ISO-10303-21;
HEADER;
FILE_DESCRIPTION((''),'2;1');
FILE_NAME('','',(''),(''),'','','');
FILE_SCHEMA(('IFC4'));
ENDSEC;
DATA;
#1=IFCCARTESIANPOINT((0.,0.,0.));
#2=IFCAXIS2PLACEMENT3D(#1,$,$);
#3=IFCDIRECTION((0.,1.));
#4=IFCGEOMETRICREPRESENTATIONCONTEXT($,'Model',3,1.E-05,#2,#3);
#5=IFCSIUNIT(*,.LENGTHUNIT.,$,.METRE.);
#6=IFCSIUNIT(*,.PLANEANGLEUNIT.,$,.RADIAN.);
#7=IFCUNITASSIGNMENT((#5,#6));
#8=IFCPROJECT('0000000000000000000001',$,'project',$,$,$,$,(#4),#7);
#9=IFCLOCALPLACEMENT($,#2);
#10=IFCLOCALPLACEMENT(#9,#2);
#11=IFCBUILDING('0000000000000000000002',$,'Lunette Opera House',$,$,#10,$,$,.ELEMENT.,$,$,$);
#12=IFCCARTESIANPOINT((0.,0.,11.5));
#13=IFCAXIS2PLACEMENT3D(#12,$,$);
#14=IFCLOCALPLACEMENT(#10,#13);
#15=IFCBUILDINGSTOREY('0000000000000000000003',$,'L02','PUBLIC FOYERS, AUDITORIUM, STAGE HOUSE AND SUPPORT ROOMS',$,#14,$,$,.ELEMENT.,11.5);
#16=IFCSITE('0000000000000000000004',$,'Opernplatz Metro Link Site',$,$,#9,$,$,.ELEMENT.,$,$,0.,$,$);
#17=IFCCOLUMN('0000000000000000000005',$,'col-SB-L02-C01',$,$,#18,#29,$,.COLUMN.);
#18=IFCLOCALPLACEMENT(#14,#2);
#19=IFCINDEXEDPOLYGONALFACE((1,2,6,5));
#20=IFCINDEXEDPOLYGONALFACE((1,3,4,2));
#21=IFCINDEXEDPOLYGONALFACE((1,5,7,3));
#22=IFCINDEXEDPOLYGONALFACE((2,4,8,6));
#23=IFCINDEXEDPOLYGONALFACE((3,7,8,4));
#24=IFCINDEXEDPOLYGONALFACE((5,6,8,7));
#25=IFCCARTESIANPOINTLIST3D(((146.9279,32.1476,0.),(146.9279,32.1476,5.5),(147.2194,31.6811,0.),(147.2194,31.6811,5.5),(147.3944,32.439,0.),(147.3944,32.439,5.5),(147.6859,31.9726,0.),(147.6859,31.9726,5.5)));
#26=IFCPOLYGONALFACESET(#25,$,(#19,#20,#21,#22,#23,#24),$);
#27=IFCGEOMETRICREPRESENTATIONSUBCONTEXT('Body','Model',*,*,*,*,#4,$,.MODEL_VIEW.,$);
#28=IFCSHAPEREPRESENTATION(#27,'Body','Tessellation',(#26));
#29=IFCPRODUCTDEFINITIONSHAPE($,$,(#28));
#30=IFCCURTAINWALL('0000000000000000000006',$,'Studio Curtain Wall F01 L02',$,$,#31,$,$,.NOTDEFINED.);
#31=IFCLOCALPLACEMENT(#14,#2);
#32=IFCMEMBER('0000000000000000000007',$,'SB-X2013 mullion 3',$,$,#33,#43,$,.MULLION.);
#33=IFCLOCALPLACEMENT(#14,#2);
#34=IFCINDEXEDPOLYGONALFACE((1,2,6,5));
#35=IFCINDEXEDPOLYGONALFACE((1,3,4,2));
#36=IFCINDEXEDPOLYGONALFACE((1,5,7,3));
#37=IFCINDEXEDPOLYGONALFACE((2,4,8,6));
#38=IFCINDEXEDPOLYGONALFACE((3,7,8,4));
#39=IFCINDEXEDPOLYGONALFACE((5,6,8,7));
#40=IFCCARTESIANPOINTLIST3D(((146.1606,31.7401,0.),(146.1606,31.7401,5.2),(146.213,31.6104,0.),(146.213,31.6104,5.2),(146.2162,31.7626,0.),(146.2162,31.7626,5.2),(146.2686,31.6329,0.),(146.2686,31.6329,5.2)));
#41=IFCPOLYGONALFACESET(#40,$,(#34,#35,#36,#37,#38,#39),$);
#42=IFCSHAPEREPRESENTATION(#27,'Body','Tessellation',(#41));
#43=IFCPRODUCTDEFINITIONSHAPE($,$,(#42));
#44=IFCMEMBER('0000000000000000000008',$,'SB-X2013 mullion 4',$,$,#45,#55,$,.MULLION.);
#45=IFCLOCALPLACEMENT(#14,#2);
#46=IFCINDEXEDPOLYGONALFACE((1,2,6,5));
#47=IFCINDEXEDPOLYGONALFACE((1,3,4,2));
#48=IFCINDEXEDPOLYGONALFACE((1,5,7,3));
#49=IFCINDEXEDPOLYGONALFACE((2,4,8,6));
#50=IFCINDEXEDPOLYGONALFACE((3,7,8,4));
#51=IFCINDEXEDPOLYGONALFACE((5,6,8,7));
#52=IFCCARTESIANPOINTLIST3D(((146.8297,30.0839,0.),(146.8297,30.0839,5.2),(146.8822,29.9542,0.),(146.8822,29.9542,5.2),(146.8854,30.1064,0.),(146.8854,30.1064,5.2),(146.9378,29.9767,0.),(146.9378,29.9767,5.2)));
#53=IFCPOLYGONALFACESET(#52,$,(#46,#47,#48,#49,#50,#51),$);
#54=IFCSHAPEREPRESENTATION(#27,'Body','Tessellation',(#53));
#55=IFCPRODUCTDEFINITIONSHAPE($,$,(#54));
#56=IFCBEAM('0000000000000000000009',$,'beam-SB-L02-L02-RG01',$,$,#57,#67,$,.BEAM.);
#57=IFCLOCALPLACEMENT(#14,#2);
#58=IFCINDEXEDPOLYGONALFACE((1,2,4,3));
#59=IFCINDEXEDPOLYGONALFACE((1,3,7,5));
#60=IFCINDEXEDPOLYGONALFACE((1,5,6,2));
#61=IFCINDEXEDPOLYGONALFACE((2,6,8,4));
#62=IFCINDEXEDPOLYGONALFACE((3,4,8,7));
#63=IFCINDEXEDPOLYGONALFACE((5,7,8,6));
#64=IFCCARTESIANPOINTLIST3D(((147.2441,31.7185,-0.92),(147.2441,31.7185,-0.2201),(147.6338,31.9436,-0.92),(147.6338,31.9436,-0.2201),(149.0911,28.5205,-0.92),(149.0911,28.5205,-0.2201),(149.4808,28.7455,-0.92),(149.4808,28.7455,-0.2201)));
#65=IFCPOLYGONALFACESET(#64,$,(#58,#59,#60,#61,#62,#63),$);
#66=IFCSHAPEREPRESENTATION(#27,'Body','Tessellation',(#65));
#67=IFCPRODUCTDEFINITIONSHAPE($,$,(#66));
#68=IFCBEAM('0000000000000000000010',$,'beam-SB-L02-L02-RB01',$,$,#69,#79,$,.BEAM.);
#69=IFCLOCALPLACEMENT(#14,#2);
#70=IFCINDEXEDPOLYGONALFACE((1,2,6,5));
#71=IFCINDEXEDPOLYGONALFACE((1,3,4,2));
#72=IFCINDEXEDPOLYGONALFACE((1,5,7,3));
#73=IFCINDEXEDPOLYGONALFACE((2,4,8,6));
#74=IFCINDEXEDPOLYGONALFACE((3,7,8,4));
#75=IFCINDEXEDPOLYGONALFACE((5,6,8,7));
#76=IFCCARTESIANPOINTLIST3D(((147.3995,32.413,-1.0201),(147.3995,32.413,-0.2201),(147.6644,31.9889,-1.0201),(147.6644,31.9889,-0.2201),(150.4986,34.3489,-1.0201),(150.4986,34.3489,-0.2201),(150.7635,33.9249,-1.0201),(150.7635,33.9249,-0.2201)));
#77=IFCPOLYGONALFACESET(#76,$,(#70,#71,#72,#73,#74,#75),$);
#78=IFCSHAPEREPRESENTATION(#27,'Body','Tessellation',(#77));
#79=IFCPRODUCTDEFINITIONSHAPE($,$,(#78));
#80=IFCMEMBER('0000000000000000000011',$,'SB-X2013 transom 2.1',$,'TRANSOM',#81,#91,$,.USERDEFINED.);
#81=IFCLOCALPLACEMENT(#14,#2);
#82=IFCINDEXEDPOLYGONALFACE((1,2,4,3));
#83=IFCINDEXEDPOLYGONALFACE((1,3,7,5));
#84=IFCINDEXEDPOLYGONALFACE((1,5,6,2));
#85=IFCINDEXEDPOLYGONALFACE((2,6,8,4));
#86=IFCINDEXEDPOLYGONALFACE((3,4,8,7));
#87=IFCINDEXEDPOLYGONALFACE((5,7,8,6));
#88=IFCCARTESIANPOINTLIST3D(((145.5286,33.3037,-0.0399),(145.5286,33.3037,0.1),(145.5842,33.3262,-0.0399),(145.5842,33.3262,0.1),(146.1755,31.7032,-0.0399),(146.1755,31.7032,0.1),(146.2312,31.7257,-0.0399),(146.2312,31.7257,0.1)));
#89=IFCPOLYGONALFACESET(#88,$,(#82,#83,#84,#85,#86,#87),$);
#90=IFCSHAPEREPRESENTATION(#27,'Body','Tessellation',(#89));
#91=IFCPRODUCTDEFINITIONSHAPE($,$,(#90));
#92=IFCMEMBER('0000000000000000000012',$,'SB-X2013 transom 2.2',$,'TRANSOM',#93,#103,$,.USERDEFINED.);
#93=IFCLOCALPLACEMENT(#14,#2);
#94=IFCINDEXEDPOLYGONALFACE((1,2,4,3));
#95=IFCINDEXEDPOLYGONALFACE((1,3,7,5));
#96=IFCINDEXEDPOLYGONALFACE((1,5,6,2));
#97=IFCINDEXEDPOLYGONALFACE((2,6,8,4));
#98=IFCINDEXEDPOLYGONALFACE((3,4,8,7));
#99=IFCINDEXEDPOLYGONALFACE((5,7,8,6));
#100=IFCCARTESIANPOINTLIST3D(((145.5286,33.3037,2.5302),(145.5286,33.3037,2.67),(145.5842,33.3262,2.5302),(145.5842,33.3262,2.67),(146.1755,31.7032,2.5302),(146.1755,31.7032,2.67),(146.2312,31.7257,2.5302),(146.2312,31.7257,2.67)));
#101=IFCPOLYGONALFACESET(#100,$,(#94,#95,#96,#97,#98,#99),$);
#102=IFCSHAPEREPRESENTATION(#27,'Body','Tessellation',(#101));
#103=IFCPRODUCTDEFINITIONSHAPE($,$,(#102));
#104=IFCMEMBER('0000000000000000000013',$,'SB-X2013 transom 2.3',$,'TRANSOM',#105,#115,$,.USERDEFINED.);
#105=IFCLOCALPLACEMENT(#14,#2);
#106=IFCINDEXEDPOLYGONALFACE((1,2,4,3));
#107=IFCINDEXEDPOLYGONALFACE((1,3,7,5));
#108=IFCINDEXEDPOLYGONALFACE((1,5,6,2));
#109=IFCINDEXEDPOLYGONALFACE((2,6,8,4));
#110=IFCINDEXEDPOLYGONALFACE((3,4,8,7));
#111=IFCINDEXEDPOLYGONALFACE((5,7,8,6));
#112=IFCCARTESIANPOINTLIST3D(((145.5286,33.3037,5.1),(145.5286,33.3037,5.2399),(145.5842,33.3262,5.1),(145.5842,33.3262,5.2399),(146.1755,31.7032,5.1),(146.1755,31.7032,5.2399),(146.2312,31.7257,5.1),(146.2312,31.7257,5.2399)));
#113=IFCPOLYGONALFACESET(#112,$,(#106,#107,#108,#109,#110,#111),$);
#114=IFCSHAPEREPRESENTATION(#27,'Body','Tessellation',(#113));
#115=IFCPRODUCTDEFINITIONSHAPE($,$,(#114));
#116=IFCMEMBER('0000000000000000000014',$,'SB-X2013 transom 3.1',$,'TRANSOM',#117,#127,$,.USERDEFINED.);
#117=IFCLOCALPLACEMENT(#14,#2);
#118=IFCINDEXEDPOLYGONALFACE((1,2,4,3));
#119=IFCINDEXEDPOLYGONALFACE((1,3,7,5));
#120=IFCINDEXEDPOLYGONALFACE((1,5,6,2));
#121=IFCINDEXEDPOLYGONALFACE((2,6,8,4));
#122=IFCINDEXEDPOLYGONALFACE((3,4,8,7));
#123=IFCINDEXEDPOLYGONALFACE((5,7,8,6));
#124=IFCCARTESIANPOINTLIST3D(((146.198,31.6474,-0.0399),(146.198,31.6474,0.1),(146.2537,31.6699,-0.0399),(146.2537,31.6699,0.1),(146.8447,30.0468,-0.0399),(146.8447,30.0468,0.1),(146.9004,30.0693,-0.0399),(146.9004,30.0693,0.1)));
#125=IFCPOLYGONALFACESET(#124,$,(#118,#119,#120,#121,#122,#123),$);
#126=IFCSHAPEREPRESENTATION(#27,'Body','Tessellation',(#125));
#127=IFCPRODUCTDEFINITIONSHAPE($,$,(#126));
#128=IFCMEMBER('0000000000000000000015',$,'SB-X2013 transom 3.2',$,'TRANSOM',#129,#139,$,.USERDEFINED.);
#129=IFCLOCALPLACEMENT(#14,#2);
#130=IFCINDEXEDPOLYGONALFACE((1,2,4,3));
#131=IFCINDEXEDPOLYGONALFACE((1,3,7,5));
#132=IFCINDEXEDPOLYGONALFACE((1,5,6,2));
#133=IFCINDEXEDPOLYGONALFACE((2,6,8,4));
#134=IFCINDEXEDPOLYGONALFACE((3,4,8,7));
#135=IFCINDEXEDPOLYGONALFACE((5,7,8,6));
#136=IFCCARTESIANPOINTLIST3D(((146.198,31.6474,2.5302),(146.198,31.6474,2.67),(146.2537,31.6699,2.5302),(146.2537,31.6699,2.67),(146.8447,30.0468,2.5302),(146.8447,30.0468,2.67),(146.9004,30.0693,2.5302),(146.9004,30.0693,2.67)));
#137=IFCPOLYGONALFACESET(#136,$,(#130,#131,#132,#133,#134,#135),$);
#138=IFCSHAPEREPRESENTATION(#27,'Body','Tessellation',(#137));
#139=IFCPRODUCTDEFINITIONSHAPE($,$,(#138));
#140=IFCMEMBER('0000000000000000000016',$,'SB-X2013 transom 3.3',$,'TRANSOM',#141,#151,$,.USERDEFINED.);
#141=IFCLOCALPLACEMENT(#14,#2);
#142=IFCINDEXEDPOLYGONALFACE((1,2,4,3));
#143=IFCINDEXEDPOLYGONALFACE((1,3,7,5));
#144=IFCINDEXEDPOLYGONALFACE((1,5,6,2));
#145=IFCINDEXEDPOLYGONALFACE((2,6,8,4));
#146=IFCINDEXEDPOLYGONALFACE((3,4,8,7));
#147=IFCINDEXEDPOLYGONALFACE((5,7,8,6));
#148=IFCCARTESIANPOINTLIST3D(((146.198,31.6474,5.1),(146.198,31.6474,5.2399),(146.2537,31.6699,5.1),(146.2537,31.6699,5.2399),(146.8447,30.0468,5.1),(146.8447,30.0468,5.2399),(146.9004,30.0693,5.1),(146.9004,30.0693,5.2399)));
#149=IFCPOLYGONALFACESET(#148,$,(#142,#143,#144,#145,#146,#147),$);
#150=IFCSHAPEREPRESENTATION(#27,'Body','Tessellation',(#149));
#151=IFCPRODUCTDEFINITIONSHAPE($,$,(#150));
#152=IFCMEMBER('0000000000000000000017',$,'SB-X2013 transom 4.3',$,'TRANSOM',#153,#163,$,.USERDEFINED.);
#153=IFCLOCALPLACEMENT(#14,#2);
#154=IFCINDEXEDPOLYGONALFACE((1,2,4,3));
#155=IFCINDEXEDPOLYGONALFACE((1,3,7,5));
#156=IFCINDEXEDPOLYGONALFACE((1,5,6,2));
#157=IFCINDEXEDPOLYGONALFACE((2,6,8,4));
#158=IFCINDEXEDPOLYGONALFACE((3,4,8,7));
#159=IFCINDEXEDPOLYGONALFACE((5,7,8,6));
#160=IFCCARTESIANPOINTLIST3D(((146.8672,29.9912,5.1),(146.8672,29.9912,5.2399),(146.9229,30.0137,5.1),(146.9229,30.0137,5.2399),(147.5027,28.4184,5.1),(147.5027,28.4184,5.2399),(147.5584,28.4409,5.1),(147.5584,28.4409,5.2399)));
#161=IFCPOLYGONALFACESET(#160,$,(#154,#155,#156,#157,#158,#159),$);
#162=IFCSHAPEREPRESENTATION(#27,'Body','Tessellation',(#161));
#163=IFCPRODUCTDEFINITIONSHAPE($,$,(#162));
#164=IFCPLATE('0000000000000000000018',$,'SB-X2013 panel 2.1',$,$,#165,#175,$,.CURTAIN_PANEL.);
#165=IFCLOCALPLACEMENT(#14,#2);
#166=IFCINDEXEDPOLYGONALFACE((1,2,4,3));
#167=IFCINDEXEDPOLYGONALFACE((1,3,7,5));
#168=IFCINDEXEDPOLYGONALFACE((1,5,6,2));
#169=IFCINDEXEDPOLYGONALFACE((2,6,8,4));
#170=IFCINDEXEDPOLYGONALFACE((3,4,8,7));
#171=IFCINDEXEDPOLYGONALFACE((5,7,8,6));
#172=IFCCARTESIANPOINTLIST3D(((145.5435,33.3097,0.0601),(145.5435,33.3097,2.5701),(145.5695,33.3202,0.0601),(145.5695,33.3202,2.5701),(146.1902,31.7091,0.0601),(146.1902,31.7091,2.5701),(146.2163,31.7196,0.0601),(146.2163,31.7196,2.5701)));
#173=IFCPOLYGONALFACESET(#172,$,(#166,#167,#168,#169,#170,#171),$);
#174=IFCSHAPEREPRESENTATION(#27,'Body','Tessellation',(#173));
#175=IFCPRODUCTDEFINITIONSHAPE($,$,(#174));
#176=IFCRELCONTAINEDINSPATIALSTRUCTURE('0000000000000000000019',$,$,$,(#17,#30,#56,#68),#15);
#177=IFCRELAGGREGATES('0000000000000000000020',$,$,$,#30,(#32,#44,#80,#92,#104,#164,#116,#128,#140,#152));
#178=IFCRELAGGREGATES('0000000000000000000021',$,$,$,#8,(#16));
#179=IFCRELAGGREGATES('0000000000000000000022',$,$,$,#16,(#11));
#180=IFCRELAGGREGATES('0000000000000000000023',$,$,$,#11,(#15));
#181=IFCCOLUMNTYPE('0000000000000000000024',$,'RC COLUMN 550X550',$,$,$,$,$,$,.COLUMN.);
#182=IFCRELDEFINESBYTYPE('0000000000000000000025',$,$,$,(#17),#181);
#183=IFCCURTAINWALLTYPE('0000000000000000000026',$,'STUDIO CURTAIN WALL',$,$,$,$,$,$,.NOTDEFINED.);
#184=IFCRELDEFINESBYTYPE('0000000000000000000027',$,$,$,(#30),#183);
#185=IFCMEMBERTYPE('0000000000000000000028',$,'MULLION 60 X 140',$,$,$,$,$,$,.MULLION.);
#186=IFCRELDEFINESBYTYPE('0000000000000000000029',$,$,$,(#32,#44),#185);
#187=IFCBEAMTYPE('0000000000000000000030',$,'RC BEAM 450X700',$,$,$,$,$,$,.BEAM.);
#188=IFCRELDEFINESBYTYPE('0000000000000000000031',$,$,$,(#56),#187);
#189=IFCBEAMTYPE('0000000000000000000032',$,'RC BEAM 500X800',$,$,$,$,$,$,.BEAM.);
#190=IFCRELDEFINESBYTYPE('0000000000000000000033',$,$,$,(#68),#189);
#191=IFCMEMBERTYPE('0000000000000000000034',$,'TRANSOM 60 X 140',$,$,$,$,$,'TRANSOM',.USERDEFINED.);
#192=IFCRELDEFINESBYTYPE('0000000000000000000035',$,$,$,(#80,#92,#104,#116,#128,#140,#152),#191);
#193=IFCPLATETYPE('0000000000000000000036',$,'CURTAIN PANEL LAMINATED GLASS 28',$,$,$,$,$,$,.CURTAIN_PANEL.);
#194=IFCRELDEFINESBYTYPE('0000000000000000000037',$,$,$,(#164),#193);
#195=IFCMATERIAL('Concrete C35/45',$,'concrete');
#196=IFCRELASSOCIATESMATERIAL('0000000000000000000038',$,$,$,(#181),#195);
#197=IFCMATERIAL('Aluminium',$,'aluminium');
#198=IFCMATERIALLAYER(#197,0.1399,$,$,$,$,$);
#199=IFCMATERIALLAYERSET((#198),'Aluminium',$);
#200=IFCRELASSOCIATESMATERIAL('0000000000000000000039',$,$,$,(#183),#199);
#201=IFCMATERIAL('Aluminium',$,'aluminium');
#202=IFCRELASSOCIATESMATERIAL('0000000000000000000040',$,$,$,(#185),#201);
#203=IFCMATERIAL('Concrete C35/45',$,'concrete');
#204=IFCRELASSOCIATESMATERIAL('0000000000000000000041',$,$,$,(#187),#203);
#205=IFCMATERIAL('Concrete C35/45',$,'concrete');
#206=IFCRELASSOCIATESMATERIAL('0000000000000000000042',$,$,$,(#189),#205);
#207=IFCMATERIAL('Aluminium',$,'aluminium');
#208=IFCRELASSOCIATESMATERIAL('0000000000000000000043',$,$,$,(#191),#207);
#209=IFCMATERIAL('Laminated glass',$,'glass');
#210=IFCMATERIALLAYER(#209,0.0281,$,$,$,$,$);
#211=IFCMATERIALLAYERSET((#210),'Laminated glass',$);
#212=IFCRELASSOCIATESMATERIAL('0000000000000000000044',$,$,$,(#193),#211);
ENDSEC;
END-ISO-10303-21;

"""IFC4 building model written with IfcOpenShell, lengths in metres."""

from ifc_helpers import new_model, si_unit, direction, frame, origin, origin_2d, place, context, subcontext, project, spatial, rectangle, extrude, material, layer, layer_set, material_profile, profile_set, type_object, element, aggregate, save


model = new_model("IFC4")

# Units and contexts
model_context = context("Model", 3, precision=1e-05, world=origin(), true_north=direction((0.0, 1.0)))
body_context = subcontext(model_context, "Body", "Model", "MODEL_VIEW")
ifc_project = project(units=[si_unit("LENGTHUNIT", "METRE"), si_unit("PLANEANGLEUNIT", "RADIAN")], contexts=[model_context])

# Site, building, storey
site_placement = place(None, origin())
site = spatial("IfcSite", under=ifc_project, at=site_placement, Name="Opernplatz Metro Link Site", CompositionType="ELEMENT", RefElevation=0.0)
building_placement = place(site_placement, origin())
building = spatial("IfcBuilding", under=site, at=building_placement, Name="Lunette Opera House", CompositionType="ELEMENT")
storey_placement = place(building_placement, frame((0.0, 0.0, 11.5)))
storey = spatial("IfcBuildingStorey", under=building, at=storey_placement, Name="L02", Description="PUBLIC FOYERS, AUDITORIUM, STAGE HOUSE AND SUPPORT ROOMS", CompositionType="ELEMENT", Elevation=11.5)

# Column
ifc_material_1 = material(Name="Concrete C35/45", Category="concrete")
ifc_material_profile_1 = material_profile(ifc_material_1, rectangle(XDim=0.55, YDim=0.55, at=origin_2d()), Name="RC COLUMN 550X550")
ifc_profile_set_1 = profile_set([ifc_material_profile_1], Name="Concrete C35/45")
column_type = type_object("IfcColumnType", Name="RC COLUMN 550X550", PredefinedType="COLUMN", material=ifc_profile_set_1)
column_placement = place(storey_placement, frame((147.3069, 32.0601, 0.0), z_axis=(0.0, 0.0, 1.0), x_axis=(0.529919, -0.848048, 0.0)))
element("IfcColumn", 1, at=column_placement, inside=storey, type_object=column_type, Name="col-SB-L02-C01", PredefinedType="COLUMN", context=body_context, shape_type="SweptSolid", body=[
    extrude(rectangle(XDim=0.55, YDim=0.55, at=origin_2d()), origin(), (0.0, 0.0, 1.0), 5.5),
])

# Curtain wall, members
ifc_material_2 = material(Name="Aluminium", Category="aluminium")
ifc_layer_1 = layer(ifc_material_2, 0.1399)
ifc_layer_set_1 = layer_set([ifc_layer_1], Name="Aluminium")
curtain_wall_type = type_object("IfcCurtainWallType", Name="STUDIO CURTAIN WALL", PredefinedType="NOTDEFINED", material=ifc_layer_set_1)
curtain_wall_placement = place(storey_placement, origin())
curtain_wall = element("IfcCurtainWall", 2, at=curtain_wall_placement, inside=storey, type_object=curtain_wall_type, Name="Studio Curtain Wall F01 L02", PredefinedType="NOTDEFINED")
ifc_material_3 = material(Name="Aluminium", Category="aluminium")
ifc_material_profile_2 = material_profile(ifc_material_3, rectangle(XDim=0.0601, YDim=0.1399, at=origin_2d()), Name="MULLION 60 X 140")
ifc_profile_set_2 = profile_set([ifc_material_profile_2], Name="Aluminium")
member_type_1 = type_object("IfcMemberType", Name="MULLION 60 X 140", PredefinedType="MULLION", material=ifc_profile_set_2)
member_1_placement = place(storey_placement, frame((146.2146, 31.6865, 0.0), z_axis=(0.0, 0.0, 1.0), x_axis=(0.927168, 0.374646, 0.0)))
member_1 = element("IfcMember", 3, at=member_1_placement, type_object=member_type_1, Name="SB-X2013 mullion 3", PredefinedType="MULLION", context=body_context, shape_type="SweptSolid", body=[
    extrude(rectangle(XDim=0.0601, YDim=0.1399, at=origin_2d()), origin(), (0.0, 0.0, 1.0), 5.2),
])
member_2_placement = place(storey_placement, frame((146.8838, 30.0303, 0.0), z_axis=(0.0, 0.0, 1.0), x_axis=(0.927168, 0.374646, 0.0)))
member_2 = element("IfcMember", 4, at=member_2_placement, type_object=member_type_1, Name="SB-X2013 mullion 4", PredefinedType="MULLION", context=body_context, shape_type="SweptSolid", body=[
    extrude(rectangle(XDim=0.0601, YDim=0.1399, at=origin_2d()), origin(), (0.0, 0.0, 1.0), 5.2),
])

# Beams
ifc_material_4 = material(Name="Concrete C35/45", Category="concrete")
ifc_material_profile_3 = material_profile(ifc_material_4, rectangle(XDim=0.45, YDim=0.7, at=origin_2d()), Name="RC BEAM 450X700")
ifc_profile_set_3 = profile_set([ifc_material_profile_3], Name="Concrete C35/45")
beam_type_1 = type_object("IfcBeamType", Name="RC BEAM 450X700", PredefinedType="BEAM", material=ifc_profile_set_3)
beam_1_placement = place(storey_placement, frame((147.439, 31.8311, -0.5701), z_axis=(0.500113, -0.86596, 0.0), x_axis=(0.86596, 0.500113, 0.0)))
element("IfcBeam", 5, at=beam_1_placement, inside=storey, type_object=beam_type_1, Name="beam-SB-L02-L02-RG01", PredefinedType="BEAM", context=body_context, shape_type="SweptSolid", body=[
    extrude(rectangle(XDim=0.45, YDim=0.7, at=origin_2d()), origin(), (0.0, 0.0, 1.0), 3.6931),
])
ifc_material_5 = material(Name="Concrete C35/45", Category="concrete")
ifc_material_profile_4 = material_profile(ifc_material_5, rectangle(XDim=0.5, YDim=0.8, at=origin_2d()), Name="RC BEAM 500X800")
ifc_profile_set_4 = profile_set([ifc_material_profile_4], Name="Concrete C35/45")
beam_type_2 = type_object("IfcBeamType", Name="RC BEAM 500X800", PredefinedType="BEAM", material=ifc_profile_set_4)
beam_2_placement = place(storey_placement, frame((147.532, 32.2009, -0.6201), z_axis=(0.848111, 0.529819, 0.0), x_axis=(-0.529819, 0.848111, 0.0)))
element("IfcBeam", 6, at=beam_2_placement, inside=storey, type_object=beam_type_2, Name="beam-SB-L02-L02-RB01", PredefinedType="BEAM", context=body_context, shape_type="SweptSolid", body=[
    extrude(rectangle(XDim=0.5, YDim=0.8, at=origin_2d()), origin(), (0.0, 0.0, 1.0), 3.6541),
])

# Members
ifc_material_6 = material(Name="Aluminium", Category="aluminium")
ifc_material_profile_5 = material_profile(ifc_material_6, rectangle(XDim=0.0601, YDim=0.1399, at=origin_2d()), Name="TRANSOM 60 X 140")
ifc_profile_set_5 = profile_set([ifc_material_profile_5], Name="Aluminium")
member_type_2 = type_object("IfcMemberType", Name="TRANSOM 60 X 140", ElementType="TRANSOM", PredefinedType="USERDEFINED", material=ifc_profile_set_5)
member_3_placement = place(storey_placement, frame((145.5564, 33.3149, 0.03), z_axis=(0.374753, -0.927125, 0.0), x_axis=(0.927125, 0.374753, 0.0)))
member_3 = element("IfcMember", 7, at=member_3_placement, type_object=member_type_2, Name="SB-X2013 transom 2.1", ObjectType="TRANSOM", PredefinedType="USERDEFINED", context=body_context, shape_type="SweptSolid", body=[
    extrude(rectangle(XDim=0.0601, YDim=0.1399, at=origin_2d()), origin(), (0.0, 0.0, 1.0), 1.7263),
])
member_4_placement = place(storey_placement, frame((145.5564, 33.3149, 2.6001), z_axis=(0.374753, -0.927125, 0.0), x_axis=(0.927125, 0.374753, 0.0)))
member_4 = element("IfcMember", 8, at=member_4_placement, type_object=member_type_2, Name="SB-X2013 transom 2.2", ObjectType="TRANSOM", PredefinedType="USERDEFINED", context=body_context, shape_type="SweptSolid", body=[
    extrude(rectangle(XDim=0.0601, YDim=0.1399, at=origin_2d()), origin(), (0.0, 0.0, 1.0), 1.7263),
])
member_5_placement = place(storey_placement, frame((145.5564, 33.3149, 5.1699), z_axis=(0.374753, -0.927125, 0.0), x_axis=(0.927125, 0.374753, 0.0)))
member_5 = element("IfcMember", 9, at=member_5_placement, type_object=member_type_2, Name="SB-X2013 transom 2.3", ObjectType="TRANSOM", PredefinedType="USERDEFINED", context=body_context, shape_type="SweptSolid", body=[
    extrude(rectangle(XDim=0.0601, YDim=0.1399, at=origin_2d()), origin(), (0.0, 0.0, 1.0), 1.7263),
])
member_6_placement = place(storey_placement, frame((146.2258, 31.6587, 0.03), z_axis=(0.374631, -0.927174, 0.0), x_axis=(0.927174, 0.374631, 0.0)))
member_6 = element("IfcMember", 10, at=member_6_placement, type_object=member_type_2, Name="SB-X2013 transom 3.1", ObjectType="TRANSOM", PredefinedType="USERDEFINED", context=body_context, shape_type="SweptSolid", body=[
    extrude(rectangle(XDim=0.0601, YDim=0.1399, at=origin_2d()), origin(), (0.0, 0.0, 1.0), 1.7263),
])
member_7_placement = place(storey_placement, frame((146.2258, 31.6587, 2.6001), z_axis=(0.374631, -0.927174, 0.0), x_axis=(0.927174, 0.374631, 0.0)))
member_7 = element("IfcMember", 11, at=member_7_placement, type_object=member_type_2, Name="SB-X2013 transom 3.2", ObjectType="TRANSOM", PredefinedType="USERDEFINED", context=body_context, shape_type="SweptSolid", body=[
    extrude(rectangle(XDim=0.0601, YDim=0.1399, at=origin_2d()), origin(), (0.0, 0.0, 1.0), 1.7263),
])
member_8_placement = place(storey_placement, frame((146.2258, 31.6587, 5.1699), z_axis=(0.374631, -0.927174, 0.0), x_axis=(0.927174, 0.374631, 0.0)))
member_8 = element("IfcMember", 12, at=member_8_placement, type_object=member_type_2, Name="SB-X2013 transom 3.3", ObjectType="TRANSOM", PredefinedType="USERDEFINED", context=body_context, shape_type="SweptSolid", body=[
    extrude(rectangle(XDim=0.0601, YDim=0.1399, at=origin_2d()), origin(), (0.0, 0.0, 1.0), 1.7263),
])
member_9_placement = place(storey_placement, frame((146.895, 30.0024, 5.1699), z_axis=(0.374639, -0.927171, 0.0), x_axis=(0.927171, 0.374639, 0.0)))
member_9 = element("IfcMember", 13, at=member_9_placement, type_object=member_type_2, Name="SB-X2013 transom 4.3", ObjectType="TRANSOM", PredefinedType="USERDEFINED", context=body_context, shape_type="SweptSolid", body=[
    extrude(rectangle(XDim=0.0601, YDim=0.1399, at=origin_2d()), origin(), (0.0, 0.0, 1.0), 1.6963),
])

# Plate
ifc_material_7 = material(Name="Laminated glass", Category="glass")
ifc_layer_2 = layer(ifc_material_7, 0.0281)
ifc_layer_set_2 = layer_set([ifc_layer_2], Name="Laminated glass")
plate_type = type_object("IfcPlateType", Name="CURTAIN PANEL LAMINATED GLASS 28", PredefinedType="CURTAIN_PANEL", material=ifc_layer_set_2)
plate_1_placement = place(storey_placement, frame((145.8799, 32.5146, 0.0601), z_axis=(0.0, 0.0, 1.0), x_axis=(0.374646, -0.927168, 0.0)))
plate_1 = element("IfcPlate", 14, at=plate_1_placement, type_object=plate_type, Name="SB-X2013 panel 2.1", PredefinedType="CURTAIN_PANEL", context=body_context, shape_type="SweptSolid", body=[
    extrude(rectangle(XDim=1.7263, YDim=0.0281, at=origin_2d()), origin(), (0.0, 0.0, 1.0), 2.51),
])
aggregate(curtain_wall, [member_1, member_2, member_3, member_4, member_5, plate_1, member_6, member_7, member_8, member_9])

save(model, "model.ifc")
